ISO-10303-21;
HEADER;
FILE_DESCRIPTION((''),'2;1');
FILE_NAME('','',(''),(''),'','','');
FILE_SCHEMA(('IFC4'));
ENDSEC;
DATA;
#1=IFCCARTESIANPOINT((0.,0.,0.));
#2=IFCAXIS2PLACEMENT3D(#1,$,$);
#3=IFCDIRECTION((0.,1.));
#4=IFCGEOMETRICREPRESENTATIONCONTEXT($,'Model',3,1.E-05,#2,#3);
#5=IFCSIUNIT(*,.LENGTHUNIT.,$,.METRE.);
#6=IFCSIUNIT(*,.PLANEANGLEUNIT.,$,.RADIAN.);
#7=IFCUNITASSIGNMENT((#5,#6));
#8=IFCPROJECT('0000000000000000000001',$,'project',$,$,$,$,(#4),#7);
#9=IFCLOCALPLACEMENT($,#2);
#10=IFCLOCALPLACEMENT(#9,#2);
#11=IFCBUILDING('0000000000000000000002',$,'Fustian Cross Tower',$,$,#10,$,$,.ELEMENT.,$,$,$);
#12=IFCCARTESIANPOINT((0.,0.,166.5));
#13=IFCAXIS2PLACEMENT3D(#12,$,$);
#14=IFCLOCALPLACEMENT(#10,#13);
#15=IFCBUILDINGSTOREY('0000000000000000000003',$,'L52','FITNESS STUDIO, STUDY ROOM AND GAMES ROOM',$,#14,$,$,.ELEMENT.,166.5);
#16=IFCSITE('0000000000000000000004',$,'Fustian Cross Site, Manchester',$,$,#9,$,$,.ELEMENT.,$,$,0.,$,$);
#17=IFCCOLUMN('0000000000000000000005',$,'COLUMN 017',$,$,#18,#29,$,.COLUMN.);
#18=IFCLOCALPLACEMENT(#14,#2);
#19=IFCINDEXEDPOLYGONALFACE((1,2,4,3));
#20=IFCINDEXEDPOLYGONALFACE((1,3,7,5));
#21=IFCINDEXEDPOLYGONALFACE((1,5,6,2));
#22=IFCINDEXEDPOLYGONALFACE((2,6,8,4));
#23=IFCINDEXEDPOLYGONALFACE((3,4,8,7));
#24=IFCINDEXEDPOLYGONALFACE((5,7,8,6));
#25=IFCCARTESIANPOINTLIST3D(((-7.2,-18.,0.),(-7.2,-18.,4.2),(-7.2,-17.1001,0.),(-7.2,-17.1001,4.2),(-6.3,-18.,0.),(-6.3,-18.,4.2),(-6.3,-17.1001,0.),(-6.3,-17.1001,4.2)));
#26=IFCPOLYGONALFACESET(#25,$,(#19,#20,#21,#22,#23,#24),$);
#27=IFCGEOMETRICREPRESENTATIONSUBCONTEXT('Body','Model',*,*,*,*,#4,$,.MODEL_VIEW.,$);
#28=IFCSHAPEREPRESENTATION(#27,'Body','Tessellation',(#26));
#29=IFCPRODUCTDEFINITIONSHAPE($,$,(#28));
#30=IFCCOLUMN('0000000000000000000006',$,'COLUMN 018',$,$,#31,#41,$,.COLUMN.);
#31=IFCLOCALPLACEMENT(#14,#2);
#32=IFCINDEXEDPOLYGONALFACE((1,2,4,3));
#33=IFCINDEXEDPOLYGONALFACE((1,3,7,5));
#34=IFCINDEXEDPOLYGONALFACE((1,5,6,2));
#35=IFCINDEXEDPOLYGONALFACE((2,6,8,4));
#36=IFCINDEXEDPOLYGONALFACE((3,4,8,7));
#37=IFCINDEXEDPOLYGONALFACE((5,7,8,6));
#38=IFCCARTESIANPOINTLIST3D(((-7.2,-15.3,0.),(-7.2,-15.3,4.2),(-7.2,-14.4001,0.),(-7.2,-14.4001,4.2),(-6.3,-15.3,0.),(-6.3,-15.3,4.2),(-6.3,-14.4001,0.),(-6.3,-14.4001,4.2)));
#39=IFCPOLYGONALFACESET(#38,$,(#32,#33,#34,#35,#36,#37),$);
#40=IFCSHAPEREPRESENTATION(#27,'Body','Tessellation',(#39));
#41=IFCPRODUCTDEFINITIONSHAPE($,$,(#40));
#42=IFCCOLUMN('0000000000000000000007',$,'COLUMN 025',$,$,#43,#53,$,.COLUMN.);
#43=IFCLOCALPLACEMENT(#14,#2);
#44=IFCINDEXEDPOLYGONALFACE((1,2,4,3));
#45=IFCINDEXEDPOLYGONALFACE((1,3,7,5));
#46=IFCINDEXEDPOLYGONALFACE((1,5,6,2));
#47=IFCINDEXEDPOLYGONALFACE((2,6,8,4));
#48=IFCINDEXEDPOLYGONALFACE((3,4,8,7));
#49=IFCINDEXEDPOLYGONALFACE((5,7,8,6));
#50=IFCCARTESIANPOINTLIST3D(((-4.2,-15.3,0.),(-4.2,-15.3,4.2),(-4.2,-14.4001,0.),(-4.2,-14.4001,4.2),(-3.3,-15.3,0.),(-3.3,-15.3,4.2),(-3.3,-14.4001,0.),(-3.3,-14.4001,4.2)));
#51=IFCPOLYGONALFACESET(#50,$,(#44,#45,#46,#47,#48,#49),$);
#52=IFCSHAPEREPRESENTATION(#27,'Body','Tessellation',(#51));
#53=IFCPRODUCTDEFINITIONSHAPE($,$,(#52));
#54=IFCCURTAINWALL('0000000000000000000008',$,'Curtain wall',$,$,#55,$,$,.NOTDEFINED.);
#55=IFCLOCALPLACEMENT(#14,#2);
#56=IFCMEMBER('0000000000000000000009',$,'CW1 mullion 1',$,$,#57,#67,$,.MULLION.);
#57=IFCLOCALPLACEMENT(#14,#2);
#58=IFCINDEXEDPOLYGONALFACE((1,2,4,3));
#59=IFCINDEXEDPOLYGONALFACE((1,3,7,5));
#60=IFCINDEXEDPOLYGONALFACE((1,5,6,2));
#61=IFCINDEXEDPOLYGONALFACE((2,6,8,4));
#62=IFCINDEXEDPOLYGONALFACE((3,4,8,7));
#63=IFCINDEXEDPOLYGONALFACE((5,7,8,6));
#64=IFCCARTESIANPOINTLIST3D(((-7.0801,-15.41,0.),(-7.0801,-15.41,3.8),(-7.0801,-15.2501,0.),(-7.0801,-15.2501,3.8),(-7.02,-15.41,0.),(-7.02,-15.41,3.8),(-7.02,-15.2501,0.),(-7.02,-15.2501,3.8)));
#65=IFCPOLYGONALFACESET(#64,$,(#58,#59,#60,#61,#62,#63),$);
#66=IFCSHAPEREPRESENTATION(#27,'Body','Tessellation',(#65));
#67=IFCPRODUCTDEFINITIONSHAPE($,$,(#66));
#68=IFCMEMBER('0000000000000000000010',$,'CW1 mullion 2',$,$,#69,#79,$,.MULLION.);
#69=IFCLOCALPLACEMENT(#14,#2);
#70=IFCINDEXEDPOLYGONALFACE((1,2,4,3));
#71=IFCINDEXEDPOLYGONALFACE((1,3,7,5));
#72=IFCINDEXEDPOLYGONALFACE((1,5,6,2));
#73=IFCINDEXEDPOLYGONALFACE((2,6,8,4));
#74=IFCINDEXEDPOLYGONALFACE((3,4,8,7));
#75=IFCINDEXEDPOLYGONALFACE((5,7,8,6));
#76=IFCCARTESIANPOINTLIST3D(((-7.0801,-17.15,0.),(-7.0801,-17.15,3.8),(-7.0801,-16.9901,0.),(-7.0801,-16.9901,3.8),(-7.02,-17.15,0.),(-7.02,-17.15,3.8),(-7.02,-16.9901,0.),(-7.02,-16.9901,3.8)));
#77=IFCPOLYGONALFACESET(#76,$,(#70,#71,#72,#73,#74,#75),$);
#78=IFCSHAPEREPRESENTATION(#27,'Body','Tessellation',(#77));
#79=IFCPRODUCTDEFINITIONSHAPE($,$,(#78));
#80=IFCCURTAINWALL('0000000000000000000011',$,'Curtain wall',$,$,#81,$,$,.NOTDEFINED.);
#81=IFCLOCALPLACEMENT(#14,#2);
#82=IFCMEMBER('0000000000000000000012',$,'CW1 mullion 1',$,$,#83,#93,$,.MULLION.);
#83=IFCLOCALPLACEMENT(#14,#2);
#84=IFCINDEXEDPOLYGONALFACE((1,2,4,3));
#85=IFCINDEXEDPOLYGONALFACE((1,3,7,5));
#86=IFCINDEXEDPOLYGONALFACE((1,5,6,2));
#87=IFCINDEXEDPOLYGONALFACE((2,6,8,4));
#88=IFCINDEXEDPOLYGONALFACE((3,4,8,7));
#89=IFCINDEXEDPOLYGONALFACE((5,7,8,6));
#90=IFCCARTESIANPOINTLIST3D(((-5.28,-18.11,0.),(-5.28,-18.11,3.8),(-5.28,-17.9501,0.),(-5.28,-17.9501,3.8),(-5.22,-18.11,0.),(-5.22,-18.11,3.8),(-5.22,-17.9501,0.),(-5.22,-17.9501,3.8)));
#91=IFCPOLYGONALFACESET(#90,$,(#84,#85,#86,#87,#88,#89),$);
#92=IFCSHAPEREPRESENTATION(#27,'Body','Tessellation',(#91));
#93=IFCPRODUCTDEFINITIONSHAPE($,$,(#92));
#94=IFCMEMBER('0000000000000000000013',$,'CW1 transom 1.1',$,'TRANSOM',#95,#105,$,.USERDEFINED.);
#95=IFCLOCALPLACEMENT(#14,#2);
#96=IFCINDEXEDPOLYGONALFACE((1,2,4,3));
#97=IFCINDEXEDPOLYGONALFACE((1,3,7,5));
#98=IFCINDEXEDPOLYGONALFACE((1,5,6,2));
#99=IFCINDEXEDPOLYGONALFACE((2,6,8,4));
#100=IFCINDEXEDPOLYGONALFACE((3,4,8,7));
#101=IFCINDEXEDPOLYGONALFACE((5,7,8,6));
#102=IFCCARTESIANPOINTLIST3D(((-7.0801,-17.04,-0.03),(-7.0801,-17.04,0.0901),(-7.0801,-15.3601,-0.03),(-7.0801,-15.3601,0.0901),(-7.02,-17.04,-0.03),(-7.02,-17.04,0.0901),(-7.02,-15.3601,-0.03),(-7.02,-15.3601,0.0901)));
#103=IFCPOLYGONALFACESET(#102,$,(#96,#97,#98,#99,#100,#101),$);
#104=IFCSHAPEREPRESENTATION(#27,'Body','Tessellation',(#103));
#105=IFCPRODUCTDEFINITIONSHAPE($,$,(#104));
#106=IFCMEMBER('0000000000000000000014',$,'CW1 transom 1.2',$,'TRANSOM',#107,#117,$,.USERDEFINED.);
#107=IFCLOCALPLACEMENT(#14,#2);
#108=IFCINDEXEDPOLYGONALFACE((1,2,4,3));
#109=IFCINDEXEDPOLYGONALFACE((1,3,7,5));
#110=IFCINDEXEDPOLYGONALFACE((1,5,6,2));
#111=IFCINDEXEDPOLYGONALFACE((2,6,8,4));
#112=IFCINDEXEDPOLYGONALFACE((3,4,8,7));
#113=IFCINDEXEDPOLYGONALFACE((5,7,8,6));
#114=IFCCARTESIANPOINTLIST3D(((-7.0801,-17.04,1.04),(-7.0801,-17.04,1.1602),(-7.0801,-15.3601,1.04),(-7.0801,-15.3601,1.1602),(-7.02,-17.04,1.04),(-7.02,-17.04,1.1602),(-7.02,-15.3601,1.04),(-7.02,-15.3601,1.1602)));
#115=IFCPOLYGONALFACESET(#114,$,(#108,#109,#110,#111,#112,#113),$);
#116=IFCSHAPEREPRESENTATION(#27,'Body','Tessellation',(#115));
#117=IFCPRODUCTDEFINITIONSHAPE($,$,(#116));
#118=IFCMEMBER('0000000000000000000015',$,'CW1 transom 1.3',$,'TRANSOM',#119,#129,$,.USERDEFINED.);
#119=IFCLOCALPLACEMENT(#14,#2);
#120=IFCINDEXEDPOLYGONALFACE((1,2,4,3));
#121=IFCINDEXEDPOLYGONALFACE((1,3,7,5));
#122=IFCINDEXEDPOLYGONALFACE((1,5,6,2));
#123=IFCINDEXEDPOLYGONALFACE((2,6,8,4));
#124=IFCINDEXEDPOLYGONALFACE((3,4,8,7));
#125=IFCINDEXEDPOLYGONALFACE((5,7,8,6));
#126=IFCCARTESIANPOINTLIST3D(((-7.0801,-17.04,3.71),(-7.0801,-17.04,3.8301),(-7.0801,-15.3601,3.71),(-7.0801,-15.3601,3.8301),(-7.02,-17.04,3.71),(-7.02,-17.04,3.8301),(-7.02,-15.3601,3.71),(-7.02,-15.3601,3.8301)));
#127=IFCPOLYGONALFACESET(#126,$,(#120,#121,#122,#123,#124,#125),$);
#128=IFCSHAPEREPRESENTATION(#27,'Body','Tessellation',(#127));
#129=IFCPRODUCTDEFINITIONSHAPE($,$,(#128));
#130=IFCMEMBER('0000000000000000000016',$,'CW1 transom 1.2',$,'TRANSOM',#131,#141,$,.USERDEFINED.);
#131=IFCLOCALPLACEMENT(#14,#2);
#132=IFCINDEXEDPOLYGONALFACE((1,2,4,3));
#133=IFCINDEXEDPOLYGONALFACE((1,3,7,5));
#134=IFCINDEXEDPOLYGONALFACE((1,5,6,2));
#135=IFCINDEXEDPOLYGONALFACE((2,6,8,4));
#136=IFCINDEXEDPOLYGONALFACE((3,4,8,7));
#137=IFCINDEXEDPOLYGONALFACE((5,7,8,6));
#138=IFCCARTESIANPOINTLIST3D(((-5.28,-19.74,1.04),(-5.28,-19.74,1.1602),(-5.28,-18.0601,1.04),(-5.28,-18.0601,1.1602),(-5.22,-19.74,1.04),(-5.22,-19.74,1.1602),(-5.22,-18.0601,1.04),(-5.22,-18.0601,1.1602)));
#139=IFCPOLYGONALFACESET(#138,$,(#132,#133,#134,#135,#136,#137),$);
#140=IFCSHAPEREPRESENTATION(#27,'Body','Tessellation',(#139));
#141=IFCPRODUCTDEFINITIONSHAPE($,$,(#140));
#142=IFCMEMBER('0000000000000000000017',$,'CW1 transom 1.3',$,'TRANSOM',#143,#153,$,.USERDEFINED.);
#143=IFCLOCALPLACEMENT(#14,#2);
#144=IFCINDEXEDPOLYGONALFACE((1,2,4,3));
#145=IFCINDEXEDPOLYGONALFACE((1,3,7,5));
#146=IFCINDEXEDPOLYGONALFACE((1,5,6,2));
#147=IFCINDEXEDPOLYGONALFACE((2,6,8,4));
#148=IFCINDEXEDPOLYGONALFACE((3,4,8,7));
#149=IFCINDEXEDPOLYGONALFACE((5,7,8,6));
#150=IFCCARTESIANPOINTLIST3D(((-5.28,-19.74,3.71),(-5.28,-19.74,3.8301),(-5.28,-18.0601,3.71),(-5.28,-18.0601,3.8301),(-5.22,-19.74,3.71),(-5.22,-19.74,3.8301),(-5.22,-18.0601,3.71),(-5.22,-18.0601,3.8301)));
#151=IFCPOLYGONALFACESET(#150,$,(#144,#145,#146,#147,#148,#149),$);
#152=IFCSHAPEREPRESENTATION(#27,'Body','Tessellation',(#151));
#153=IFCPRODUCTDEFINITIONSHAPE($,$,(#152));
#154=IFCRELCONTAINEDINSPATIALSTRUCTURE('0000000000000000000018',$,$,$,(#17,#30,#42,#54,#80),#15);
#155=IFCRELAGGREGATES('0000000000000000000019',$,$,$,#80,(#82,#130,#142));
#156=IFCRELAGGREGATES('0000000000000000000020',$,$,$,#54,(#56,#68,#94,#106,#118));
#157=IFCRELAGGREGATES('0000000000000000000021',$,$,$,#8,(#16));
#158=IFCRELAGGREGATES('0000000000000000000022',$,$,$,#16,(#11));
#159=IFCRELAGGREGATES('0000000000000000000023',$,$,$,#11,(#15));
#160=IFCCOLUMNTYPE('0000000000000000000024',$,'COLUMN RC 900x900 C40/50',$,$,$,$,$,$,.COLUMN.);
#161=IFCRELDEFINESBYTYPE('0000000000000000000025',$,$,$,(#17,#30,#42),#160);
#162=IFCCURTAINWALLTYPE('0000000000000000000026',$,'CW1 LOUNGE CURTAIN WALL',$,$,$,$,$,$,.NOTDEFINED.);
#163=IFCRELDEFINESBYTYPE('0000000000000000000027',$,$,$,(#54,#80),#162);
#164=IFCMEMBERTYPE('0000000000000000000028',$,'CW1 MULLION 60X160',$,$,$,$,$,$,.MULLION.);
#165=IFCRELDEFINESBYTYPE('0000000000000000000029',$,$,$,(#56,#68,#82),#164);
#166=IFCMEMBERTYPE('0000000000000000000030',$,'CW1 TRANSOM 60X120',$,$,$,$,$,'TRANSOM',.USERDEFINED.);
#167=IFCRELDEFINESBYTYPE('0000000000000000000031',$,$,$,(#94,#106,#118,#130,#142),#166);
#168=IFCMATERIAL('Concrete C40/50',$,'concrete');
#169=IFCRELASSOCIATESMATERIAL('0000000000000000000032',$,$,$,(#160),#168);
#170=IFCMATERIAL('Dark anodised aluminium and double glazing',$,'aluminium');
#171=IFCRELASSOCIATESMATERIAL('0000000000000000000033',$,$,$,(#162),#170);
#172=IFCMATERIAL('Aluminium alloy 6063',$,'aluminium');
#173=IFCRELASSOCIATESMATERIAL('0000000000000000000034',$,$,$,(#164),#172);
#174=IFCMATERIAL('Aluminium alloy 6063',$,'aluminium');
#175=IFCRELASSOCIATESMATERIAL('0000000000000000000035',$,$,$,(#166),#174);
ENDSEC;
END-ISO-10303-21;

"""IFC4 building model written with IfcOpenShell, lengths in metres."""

from ifc_helpers import new_model, si_unit, direction, frame, origin, origin_2d, place, context, subcontext, project, spatial, rectangle, extrude, material, material_profile, profile_set, type_object, element, aggregate, save


model = new_model("IFC4")

# Units and contexts
model_context = context("Model", 3, precision=1e-05, world=origin(), true_north=direction((0.0, 1.0)))
body_context = subcontext(model_context, "Body", "Model", "MODEL_VIEW")
ifc_project = project(units=[si_unit("LENGTHUNIT", "METRE"), si_unit("PLANEANGLEUNIT", "RADIAN")], contexts=[model_context])

# Site, building, storey
site_placement = place(None, origin())
site = spatial("IfcSite", under=ifc_project, at=site_placement, Name="Fustian Cross Site, Manchester", CompositionType="ELEMENT", RefElevation=0.0)
building_placement = place(site_placement, origin())
building = spatial("IfcBuilding", under=site, at=building_placement, Name="Fustian Cross Tower", CompositionType="ELEMENT")
storey_placement = place(building_placement, frame((0.0, 0.0, 166.5)))
storey = spatial("IfcBuildingStorey", under=building, at=storey_placement, Name="L52", Description="FITNESS STUDIO, STUDY ROOM AND GAMES ROOM", CompositionType="ELEMENT", Elevation=166.5)

# Columns
ifc_material_1 = material(Name="Concrete C40/50", Category="concrete")
ifc_material_profile_1 = material_profile(ifc_material_1, rectangle(XDim=0.8999, YDim=0.8999, at=origin_2d()), Name="RC 900x900")
ifc_profile_set_1 = profile_set([ifc_material_profile_1], Name="Concrete C40/50")
column_type = type_object("IfcColumnType", Name="COLUMN RC 900x900 C40/50", PredefinedType="COLUMN", material=ifc_profile_set_1)
for number, where, z_axis, x_axis, name in (
    (1, (-6.75, -17.55, 0.0), (0.0, 0.0, 1.0), (1.0, 0.0, 0.0), "COLUMN 017"),
    (2, (-6.75, -14.8501, 0.0), (0.0, 0.0, 1.0), (1.0, 0.0, 0.0), "COLUMN 018"),
    (3, (-3.75, -14.8501, 0.0), (0.0, 0.0, 1.0), (1.0, 0.0, 0.0), "COLUMN 025"),
):
    element("IfcColumn", number, at=place(storey_placement, frame(where, z_axis=z_axis, x_axis=x_axis)), inside=storey, type_object=column_type, Name=name, PredefinedType="COLUMN", context=body_context, shape_type="SweptSolid", body=[
        extrude(rectangle(XDim=0.8999, YDim=0.8999, at=origin_2d()), origin(), (0.0, 0.0, 1.0), 4.2),
    ])

# Curtain wall, members
ifc_material_2 = material(Name="Dark anodised aluminium and double glazing", Category="aluminium")
curtain_wall_type = type_object("IfcCurtainWallType", Name="CW1 LOUNGE CURTAIN WALL", PredefinedType="NOTDEFINED", material=ifc_material_2)
curtain_wall_1_placement = place(storey_placement, origin())
curtain_wall_1 = element("IfcCurtainWall", 4, at=curtain_wall_1_placement, inside=storey, type_object=curtain_wall_type, Name="Curtain wall", PredefinedType="NOTDEFINED")
ifc_material_3 = material(Name="Aluminium alloy 6063", Category="aluminium")
ifc_material_profile_2 = material_profile(ifc_material_3, rectangle(XDim=0.0601, YDim=0.1599, at=origin_2d()), Name="CW1 MULLION 60X160")
ifc_profile_set_2 = profile_set([ifc_material_profile_2], Name="Aluminium alloy 6063")
member_type_1 = type_object("IfcMemberType", Name="CW1 MULLION 60X160", PredefinedType="MULLION", material=ifc_profile_set_2)
member_1_placement = place(storey_placement, frame((-7.05, -15.3301, 0.0), z_axis=(0.0, 0.0, 1.0), x_axis=(1.0, 0.0, 0.0)))
member_1 = element("IfcMember", 5, at=member_1_placement, type_object=member_type_1, Name="CW1 mullion 1", PredefinedType="MULLION", context=body_context, shape_type="SweptSolid", body=[
    extrude(rectangle(XDim=0.0601, YDim=0.1599, at=origin_2d()), origin(), (0.0, 0.0, 1.0), 3.8),
])
member_2_placement = place(storey_placement, frame((-7.05, -17.0701, 0.0), z_axis=(0.0, 0.0, 1.0), x_axis=(1.0, 0.0, 0.0)))
member_2 = element("IfcMember", 6, at=member_2_placement, type_object=member_type_1, Name="CW1 mullion 2", PredefinedType="MULLION", context=body_context, shape_type="SweptSolid", body=[
    extrude(rectangle(XDim=0.0601, YDim=0.1599, at=origin_2d()), origin(), (0.0, 0.0, 1.0), 3.8),
])

# Curtain wall, member
curtain_wall_2_placement = place(storey_placement, origin())
curtain_wall_2 = element("IfcCurtainWall", 7, at=curtain_wall_2_placement, inside=storey, type_object=curtain_wall_type, Name="Curtain wall", PredefinedType="NOTDEFINED")
member_3_placement = place(storey_placement, frame((-5.25, -18.03, 0.0), z_axis=(0.0, 0.0, 1.0), x_axis=(1.0, 0.0, 0.0)))
member_3 = element("IfcMember", 8, at=member_3_placement, type_object=member_type_1, Name="CW1 mullion 1", PredefinedType="MULLION", context=body_context, shape_type="SweptSolid", body=[
    extrude(rectangle(XDim=0.0601, YDim=0.1599, at=origin_2d()), origin(), (0.0, 0.0, 1.0), 3.8),
])

# Members
ifc_material_4 = material(Name="Aluminium alloy 6063", Category="aluminium")
ifc_material_profile_3 = material_profile(ifc_material_4, rectangle(XDim=0.0601, YDim=0.1201, at=origin_2d()), Name="CW1 TRANSOM 60X120")
ifc_profile_set_3 = profile_set([ifc_material_profile_3], Name="Aluminium alloy 6063")
member_type_2 = type_object("IfcMemberType", Name="CW1 TRANSOM 60X120", ElementType="TRANSOM", PredefinedType="USERDEFINED", material=ifc_profile_set_3)
member_4_placement = place(storey_placement, frame((-7.05, -15.3601, 0.03), z_axis=(0.0, -1.0, 0.0), x_axis=(1.0, 0.0, 0.0)))
member_4 = element("IfcMember", 9, at=member_4_placement, type_object=member_type_2, Name="CW1 transom 1.1", ObjectType="TRANSOM", PredefinedType="USERDEFINED", context=body_context, shape_type="SweptSolid", body=[
    extrude(rectangle(XDim=0.0601, YDim=0.1201, at=origin_2d()), origin(), (0.0, 0.0, 1.0), 1.6799),
])
member_5_placement = place(storey_placement, frame((-7.05, -15.3601, 1.1001), z_axis=(0.0, -1.0, 0.0), x_axis=(1.0, 0.0, 0.0)))
member_5 = element("IfcMember", 10, at=member_5_placement, type_object=member_type_2, Name="CW1 transom 1.2", ObjectType="TRANSOM", PredefinedType="USERDEFINED", context=body_context, shape_type="SweptSolid", body=[
    extrude(rectangle(XDim=0.0601, YDim=0.1201, at=origin_2d()), origin(), (0.0, 0.0, 1.0), 1.6799),
])
member_6_placement = place(storey_placement, frame((-7.05, -15.3601, 3.77), z_axis=(0.0, -1.0, 0.0), x_axis=(1.0, 0.0, 0.0)))
member_6 = element("IfcMember", 11, at=member_6_placement, type_object=member_type_2, Name="CW1 transom 1.3", ObjectType="TRANSOM", PredefinedType="USERDEFINED", context=body_context, shape_type="SweptSolid", body=[
    extrude(rectangle(XDim=0.0601, YDim=0.1201, at=origin_2d()), origin(), (0.0, 0.0, 1.0), 1.6799),
])
member_7_placement = place(storey_placement, frame((-5.25, -18.0601, 1.1001), z_axis=(0.0, -1.0, 0.0), x_axis=(1.0, 0.0, 0.0)))
member_7 = element("IfcMember", 12, at=member_7_placement, type_object=member_type_2, Name="CW1 transom 1.2", ObjectType="TRANSOM", PredefinedType="USERDEFINED", context=body_context, shape_type="SweptSolid", body=[
    extrude(rectangle(XDim=0.0601, YDim=0.1201, at=origin_2d()), origin(), (0.0, 0.0, 1.0), 1.6799),
])
member_8_placement = place(storey_placement, frame((-5.25, -18.0601, 3.77), z_axis=(0.0, -1.0, 0.0), x_axis=(1.0, 0.0, 0.0)))
member_8 = element("IfcMember", 13, at=member_8_placement, type_object=member_type_2, Name="CW1 transom 1.3", ObjectType="TRANSOM", PredefinedType="USERDEFINED", context=body_context, shape_type="SweptSolid", body=[
    extrude(rectangle(XDim=0.0601, YDim=0.1201, at=origin_2d()), origin(), (0.0, 0.0, 1.0), 1.6799),
])
aggregate(curtain_wall_2, [member_3, member_7, member_8])

aggregate(curtain_wall_1, [member_1, member_2, member_4, member_5, member_6])

save(model, "model.ifc")
